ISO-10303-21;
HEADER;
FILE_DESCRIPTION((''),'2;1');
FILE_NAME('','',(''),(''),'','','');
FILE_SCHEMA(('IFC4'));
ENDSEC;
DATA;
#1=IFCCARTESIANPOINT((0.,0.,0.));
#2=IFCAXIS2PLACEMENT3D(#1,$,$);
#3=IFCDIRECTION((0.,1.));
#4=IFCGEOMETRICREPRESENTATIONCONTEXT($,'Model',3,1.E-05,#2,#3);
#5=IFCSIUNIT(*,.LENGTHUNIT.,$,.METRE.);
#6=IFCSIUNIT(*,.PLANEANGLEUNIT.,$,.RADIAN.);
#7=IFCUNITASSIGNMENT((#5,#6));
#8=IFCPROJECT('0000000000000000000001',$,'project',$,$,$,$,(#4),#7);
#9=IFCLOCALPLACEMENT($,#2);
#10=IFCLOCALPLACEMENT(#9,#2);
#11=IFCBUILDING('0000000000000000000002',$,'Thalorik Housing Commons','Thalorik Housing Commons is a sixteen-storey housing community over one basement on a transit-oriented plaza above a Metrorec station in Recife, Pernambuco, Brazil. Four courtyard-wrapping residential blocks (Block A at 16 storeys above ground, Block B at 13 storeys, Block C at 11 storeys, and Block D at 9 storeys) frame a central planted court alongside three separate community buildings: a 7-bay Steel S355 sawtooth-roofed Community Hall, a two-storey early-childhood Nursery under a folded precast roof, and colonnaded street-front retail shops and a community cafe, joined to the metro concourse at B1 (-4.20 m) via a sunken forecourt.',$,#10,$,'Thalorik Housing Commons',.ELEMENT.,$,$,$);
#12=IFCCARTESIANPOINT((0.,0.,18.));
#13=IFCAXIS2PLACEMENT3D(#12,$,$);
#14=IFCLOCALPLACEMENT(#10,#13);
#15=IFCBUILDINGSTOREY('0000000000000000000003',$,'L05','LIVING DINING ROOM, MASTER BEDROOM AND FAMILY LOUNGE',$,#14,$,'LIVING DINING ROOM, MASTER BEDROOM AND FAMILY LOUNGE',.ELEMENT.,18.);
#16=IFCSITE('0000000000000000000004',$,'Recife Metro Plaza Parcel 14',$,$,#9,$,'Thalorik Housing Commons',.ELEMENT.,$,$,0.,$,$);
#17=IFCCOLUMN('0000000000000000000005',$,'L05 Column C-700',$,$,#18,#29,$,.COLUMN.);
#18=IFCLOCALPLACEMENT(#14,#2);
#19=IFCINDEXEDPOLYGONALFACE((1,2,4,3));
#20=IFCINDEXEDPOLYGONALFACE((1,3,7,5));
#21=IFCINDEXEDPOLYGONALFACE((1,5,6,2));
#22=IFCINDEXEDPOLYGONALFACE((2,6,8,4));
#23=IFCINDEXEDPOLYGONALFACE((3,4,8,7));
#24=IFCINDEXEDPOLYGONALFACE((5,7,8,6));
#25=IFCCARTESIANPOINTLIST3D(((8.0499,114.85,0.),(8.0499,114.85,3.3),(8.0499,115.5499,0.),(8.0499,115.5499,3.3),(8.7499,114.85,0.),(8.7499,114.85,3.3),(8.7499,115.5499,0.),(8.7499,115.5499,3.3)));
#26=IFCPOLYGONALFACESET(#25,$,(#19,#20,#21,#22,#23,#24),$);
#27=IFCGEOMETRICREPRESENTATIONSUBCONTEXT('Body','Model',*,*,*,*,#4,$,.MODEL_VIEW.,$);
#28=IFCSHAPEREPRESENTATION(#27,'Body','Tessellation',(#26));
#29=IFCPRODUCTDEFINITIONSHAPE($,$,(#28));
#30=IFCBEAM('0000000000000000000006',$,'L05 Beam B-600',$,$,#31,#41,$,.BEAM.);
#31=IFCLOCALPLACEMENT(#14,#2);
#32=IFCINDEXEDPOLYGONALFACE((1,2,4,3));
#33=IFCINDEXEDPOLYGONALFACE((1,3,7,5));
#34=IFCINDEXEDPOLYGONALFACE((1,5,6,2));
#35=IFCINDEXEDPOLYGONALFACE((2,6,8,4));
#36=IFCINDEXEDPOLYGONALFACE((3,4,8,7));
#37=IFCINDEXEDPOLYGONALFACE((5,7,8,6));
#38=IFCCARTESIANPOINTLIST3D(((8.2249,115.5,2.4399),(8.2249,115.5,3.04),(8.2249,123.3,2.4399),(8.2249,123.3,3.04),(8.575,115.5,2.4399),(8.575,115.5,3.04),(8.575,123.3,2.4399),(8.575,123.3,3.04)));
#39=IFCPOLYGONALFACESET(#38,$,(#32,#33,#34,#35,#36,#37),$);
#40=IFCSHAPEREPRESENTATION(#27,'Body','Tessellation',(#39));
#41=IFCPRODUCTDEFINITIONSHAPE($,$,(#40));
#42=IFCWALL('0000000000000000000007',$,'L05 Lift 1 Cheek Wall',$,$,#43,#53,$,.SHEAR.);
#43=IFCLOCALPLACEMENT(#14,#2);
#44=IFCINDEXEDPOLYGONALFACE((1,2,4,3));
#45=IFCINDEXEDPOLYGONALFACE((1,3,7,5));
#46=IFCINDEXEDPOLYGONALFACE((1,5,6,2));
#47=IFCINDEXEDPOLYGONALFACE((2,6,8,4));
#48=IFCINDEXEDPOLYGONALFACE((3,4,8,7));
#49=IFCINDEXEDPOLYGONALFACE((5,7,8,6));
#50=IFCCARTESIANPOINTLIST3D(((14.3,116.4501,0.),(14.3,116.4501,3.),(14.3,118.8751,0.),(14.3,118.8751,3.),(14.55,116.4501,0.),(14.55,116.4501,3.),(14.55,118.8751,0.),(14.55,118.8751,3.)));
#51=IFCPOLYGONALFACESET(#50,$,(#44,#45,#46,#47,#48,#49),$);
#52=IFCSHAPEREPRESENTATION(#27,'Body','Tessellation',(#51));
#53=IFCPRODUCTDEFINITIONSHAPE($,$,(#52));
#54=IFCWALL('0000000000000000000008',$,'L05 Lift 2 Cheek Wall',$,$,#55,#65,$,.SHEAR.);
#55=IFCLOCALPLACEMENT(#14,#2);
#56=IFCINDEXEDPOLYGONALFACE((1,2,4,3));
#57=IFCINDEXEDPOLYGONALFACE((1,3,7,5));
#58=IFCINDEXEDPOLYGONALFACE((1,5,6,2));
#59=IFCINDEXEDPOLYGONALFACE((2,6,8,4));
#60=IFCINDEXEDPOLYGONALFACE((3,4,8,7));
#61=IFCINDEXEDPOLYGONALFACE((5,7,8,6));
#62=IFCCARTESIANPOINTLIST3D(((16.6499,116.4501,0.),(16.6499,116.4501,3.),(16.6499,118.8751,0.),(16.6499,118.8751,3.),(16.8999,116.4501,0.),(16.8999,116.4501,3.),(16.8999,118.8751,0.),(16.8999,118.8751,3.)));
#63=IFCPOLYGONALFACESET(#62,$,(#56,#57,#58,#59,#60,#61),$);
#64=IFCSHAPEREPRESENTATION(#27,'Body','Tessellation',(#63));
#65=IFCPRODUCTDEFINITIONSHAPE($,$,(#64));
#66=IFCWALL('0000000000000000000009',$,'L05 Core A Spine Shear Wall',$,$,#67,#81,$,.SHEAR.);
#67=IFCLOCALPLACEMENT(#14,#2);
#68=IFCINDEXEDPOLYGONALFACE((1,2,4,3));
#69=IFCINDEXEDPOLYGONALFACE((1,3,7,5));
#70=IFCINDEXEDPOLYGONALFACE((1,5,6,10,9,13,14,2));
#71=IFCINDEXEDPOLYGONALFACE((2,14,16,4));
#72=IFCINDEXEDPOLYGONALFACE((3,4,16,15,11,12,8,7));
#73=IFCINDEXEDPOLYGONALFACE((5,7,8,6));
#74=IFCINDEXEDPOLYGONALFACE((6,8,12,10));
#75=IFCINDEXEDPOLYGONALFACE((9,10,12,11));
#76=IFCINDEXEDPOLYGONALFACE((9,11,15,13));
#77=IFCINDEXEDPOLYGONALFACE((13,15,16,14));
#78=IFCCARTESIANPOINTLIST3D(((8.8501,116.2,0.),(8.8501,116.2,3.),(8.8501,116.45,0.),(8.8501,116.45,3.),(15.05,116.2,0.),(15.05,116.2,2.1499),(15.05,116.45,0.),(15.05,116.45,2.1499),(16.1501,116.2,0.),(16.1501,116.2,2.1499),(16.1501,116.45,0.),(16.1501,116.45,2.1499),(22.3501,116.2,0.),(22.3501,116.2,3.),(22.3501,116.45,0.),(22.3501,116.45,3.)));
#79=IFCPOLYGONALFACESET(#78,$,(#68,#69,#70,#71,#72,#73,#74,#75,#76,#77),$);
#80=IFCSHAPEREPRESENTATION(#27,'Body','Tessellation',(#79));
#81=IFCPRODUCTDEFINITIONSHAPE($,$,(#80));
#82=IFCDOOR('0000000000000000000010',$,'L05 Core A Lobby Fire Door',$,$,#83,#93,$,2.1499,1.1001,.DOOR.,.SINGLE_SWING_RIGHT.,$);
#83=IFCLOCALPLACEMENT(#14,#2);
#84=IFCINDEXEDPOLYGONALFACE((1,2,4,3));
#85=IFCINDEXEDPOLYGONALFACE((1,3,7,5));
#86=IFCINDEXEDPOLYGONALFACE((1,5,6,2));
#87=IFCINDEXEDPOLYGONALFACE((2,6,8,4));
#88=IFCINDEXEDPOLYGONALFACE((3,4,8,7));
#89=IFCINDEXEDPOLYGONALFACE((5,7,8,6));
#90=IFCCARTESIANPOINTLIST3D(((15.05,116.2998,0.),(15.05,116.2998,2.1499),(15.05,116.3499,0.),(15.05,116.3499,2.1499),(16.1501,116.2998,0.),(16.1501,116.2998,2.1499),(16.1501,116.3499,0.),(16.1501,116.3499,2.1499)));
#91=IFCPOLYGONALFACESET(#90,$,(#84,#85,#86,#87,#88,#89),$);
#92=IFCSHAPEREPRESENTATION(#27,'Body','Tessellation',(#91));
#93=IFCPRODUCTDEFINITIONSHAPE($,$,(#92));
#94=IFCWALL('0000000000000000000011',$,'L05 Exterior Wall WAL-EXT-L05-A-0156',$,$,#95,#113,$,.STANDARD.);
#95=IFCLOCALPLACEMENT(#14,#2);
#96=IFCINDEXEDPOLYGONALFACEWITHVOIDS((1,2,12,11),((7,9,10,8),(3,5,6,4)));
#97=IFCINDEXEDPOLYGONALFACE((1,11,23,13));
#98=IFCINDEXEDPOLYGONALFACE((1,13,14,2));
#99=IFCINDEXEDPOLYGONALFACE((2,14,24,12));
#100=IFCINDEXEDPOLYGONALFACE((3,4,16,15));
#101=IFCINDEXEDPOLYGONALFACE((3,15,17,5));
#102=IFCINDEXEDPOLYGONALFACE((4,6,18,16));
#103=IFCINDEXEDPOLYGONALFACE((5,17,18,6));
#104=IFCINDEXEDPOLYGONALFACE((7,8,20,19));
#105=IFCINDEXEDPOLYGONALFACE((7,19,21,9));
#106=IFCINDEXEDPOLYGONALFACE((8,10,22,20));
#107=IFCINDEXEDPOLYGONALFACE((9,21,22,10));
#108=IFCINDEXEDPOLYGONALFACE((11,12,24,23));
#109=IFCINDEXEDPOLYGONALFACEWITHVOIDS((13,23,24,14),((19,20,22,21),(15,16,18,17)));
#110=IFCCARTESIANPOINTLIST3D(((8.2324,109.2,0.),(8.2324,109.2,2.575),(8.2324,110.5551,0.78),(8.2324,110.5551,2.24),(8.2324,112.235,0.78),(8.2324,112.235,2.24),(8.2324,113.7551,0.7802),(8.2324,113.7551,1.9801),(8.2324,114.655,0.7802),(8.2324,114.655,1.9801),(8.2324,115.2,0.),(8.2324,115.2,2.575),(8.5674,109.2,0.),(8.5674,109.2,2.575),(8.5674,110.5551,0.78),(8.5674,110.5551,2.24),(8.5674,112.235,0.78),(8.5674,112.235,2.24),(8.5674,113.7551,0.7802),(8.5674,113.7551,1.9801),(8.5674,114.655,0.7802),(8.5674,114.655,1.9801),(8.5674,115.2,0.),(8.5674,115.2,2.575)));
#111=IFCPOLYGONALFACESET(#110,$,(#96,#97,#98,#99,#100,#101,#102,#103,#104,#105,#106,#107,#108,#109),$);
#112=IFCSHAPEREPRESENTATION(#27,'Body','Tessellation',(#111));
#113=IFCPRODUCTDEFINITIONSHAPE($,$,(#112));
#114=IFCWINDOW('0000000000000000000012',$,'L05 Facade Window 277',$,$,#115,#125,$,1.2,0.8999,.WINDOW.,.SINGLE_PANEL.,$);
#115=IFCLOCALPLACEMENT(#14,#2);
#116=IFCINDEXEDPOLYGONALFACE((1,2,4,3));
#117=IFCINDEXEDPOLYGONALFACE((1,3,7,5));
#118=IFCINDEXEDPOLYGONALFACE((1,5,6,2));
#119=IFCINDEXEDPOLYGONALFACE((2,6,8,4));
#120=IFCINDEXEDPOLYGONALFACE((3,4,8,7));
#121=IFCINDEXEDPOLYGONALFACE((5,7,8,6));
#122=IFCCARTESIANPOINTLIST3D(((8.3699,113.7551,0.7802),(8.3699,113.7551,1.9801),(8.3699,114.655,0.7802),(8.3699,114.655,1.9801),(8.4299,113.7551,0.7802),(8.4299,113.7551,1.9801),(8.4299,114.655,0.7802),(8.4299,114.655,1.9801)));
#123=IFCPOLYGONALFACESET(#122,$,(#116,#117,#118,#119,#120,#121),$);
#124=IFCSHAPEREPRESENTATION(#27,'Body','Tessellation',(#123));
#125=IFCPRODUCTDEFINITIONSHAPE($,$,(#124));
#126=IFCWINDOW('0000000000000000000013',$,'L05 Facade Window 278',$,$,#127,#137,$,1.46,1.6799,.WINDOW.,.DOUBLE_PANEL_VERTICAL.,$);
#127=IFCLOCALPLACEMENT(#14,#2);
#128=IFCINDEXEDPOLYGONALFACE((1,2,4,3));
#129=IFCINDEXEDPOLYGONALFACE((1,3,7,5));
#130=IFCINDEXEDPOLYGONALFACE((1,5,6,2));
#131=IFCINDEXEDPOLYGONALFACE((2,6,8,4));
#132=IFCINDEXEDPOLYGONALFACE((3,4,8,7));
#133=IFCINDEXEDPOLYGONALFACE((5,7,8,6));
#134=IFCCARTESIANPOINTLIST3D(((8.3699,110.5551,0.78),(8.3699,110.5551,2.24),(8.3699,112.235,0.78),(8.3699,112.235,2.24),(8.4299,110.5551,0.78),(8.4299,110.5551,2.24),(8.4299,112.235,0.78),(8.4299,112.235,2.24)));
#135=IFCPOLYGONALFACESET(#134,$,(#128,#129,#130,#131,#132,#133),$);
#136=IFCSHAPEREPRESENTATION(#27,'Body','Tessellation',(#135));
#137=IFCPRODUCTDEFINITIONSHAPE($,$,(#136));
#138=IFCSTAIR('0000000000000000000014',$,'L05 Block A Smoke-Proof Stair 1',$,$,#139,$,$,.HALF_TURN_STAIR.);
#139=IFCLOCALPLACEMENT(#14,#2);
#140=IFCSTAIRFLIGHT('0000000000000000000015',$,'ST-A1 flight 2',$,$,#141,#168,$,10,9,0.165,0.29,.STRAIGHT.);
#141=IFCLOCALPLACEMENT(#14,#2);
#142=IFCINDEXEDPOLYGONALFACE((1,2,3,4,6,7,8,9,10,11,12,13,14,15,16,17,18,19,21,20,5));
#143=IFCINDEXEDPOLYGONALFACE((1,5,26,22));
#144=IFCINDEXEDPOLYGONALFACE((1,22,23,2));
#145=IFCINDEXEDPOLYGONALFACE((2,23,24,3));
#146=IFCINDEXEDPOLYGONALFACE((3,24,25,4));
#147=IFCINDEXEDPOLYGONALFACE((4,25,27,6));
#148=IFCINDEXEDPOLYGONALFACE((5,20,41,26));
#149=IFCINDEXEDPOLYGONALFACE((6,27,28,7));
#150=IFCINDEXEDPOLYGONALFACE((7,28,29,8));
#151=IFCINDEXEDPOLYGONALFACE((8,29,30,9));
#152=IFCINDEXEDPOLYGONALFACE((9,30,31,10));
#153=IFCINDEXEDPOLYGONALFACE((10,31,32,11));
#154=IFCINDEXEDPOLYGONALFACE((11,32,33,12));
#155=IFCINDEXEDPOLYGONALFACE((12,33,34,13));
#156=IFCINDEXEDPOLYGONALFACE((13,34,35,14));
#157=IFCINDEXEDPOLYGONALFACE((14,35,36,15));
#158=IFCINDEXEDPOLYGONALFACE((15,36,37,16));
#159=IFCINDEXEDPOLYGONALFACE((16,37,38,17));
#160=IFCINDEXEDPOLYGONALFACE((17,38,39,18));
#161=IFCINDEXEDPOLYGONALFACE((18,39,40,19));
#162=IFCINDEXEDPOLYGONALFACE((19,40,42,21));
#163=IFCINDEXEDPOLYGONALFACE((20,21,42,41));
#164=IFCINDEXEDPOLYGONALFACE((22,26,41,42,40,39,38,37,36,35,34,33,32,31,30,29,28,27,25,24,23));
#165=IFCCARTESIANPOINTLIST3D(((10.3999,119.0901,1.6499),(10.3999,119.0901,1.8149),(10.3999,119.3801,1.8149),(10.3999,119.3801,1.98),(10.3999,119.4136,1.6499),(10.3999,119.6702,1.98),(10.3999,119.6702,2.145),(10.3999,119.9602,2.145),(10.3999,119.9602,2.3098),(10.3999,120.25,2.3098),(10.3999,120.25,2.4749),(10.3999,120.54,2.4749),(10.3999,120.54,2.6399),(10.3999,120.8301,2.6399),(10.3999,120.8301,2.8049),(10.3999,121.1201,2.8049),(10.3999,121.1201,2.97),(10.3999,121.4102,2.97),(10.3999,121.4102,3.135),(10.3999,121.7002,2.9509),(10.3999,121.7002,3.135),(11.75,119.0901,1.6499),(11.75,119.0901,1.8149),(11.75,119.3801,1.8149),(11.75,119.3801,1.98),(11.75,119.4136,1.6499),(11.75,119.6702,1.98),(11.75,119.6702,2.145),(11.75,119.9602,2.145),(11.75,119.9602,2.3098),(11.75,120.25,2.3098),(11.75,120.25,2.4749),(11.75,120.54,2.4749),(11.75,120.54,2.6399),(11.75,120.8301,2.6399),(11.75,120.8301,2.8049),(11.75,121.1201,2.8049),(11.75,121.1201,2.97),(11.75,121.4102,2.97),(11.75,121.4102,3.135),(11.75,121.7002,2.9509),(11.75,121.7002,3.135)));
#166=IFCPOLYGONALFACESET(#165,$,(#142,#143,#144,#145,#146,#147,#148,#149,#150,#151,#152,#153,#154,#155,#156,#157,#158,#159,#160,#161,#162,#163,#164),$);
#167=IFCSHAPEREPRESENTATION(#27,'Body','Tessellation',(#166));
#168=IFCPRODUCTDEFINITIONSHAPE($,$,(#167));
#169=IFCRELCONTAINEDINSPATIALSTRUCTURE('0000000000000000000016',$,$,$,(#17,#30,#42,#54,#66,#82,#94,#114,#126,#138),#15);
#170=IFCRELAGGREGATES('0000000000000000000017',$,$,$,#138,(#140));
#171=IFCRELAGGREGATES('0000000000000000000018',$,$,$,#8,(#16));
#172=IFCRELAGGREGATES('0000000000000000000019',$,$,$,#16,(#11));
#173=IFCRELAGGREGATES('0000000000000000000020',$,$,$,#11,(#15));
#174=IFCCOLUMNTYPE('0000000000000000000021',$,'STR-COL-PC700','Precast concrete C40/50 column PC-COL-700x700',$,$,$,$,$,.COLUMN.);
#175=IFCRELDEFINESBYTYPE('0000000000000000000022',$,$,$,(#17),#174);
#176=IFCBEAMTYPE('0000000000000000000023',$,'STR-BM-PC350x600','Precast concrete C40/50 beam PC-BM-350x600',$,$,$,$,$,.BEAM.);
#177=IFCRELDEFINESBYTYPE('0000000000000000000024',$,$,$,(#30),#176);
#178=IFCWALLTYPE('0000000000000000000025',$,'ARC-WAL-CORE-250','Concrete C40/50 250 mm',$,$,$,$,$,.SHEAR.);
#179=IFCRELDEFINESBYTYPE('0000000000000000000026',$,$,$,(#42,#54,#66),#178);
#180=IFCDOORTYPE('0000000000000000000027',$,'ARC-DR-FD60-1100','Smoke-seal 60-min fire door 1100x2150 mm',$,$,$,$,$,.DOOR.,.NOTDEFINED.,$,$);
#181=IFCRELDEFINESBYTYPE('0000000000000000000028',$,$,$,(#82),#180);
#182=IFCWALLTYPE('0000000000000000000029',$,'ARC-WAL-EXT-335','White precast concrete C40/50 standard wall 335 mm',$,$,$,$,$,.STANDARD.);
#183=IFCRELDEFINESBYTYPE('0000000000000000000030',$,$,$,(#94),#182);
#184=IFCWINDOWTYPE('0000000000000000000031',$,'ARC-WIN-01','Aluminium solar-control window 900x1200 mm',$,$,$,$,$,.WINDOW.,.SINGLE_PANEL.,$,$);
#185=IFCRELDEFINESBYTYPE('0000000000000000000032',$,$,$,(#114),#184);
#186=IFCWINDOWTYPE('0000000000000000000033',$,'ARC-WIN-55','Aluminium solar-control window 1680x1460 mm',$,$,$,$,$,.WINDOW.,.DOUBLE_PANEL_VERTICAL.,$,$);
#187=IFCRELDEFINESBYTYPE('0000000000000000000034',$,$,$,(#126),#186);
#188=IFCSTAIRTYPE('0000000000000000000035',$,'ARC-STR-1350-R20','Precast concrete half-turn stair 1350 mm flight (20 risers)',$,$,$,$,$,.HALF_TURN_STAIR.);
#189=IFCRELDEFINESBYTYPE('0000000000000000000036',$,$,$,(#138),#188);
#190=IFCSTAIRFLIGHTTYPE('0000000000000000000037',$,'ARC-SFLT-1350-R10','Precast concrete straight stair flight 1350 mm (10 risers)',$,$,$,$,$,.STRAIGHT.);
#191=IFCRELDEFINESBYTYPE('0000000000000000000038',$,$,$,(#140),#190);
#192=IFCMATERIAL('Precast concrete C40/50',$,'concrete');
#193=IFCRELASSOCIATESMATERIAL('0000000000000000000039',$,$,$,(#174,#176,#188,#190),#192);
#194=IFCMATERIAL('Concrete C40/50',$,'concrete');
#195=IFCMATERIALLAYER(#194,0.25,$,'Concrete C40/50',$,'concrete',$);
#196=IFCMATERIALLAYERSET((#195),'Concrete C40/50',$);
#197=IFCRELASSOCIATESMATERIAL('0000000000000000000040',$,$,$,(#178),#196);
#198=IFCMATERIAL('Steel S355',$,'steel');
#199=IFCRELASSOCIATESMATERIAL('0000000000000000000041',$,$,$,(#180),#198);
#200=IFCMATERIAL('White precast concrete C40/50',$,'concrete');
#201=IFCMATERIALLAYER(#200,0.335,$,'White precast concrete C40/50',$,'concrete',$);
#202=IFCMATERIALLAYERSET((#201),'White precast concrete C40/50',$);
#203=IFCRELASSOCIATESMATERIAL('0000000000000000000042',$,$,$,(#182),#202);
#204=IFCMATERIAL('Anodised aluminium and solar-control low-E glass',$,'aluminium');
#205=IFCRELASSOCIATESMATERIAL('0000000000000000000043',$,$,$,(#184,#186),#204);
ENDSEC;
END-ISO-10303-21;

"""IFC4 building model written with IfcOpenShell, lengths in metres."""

from ifc_helpers import new_model, si_unit, direction, frame, frame_2d, origin, origin_2d, place, context, subcontext, project, spatial, polyline, rectangle, outline, extrude, material, layer, layer_set, material_profile, profile_set, type_object, element, fill, aggregate, save


model = new_model("IFC4")

# Units and contexts
model_context = context("Model", 3, precision=1e-05, world=origin(), true_north=direction((0.0, 1.0)))
body_context = subcontext(model_context, "Body", "Model", "MODEL_VIEW")
ifc_project = project(units=[si_unit("LENGTHUNIT", "METRE"), si_unit("PLANEANGLEUNIT", "RADIAN")], contexts=[model_context])

# Site, building, storey
site_placement = place(None, origin())
site = spatial("IfcSite", under=ifc_project, at=site_placement, Name="Recife Metro Plaza Parcel 14", LongName="Thalorik Housing Commons", CompositionType="ELEMENT", RefElevation=0.0)
building_placement = place(site_placement, origin())
building = spatial("IfcBuilding", under=site, at=building_placement, Name="Thalorik Housing Commons", Description="Thalorik Housing Commons is a sixteen-storey housing community over one basement on a transit-oriented plaza above a Metrorec station in Recife, Pernambuco, Brazil. Four courtyard-wrapping residential blocks (Block A at 16 storeys above ground, Block B at 13 storeys, Block C at 11 storeys, and Block D at 9 storeys) frame a central planted court alongside three separate community buildings: a 7-bay Steel S355 sawtooth-roofed Community Hall, a two-storey early-childhood Nursery under a folded precast roof, and colonnaded street-front retail shops and a community cafe, joined to the metro concourse at B1 (-4.20 m) via a sunken forecourt.", LongName="Thalorik Housing Commons", CompositionType="ELEMENT")
storey_placement = place(building_placement, frame((0.0, 0.0, 18.0)))
storey = spatial("IfcBuildingStorey", under=building, at=storey_placement, Name="L05", Description="LIVING DINING ROOM, MASTER BEDROOM AND FAMILY LOUNGE", LongName="LIVING DINING ROOM, MASTER BEDROOM AND FAMILY LOUNGE", CompositionType="ELEMENT", Elevation=18.0)

# Column
ifc_material_1 = material(Name="Precast concrete C40/50", Category="concrete")
ifc_material_profile_1 = material_profile(ifc_material_1, rectangle(XDim=0.7, YDim=0.7, at=origin_2d()), Name="PC 700x700", Category="concrete")
ifc_profile_set_1 = profile_set([ifc_material_profile_1], Name="Precast concrete C40/50")
column_type = type_object("IfcColumnType", Name="STR-COL-PC700", Description="Precast concrete C40/50 column PC-COL-700x700", PredefinedType="COLUMN", material=ifc_profile_set_1)
column_placement = place(storey_placement, frame((8.3999, 115.2, 0.0), z_axis=(0.0, 0.0, 1.0), x_axis=(1.0, 0.0, 0.0)))
element("IfcColumn", 1, at=column_placement, inside=storey, type_object=column_type, Name="L05 Column C-700", PredefinedType="COLUMN", context=body_context, shape_type="SweptSolid", body=[
    extrude(rectangle(XDim=0.7, YDim=0.7, at=origin_2d()), origin(), (0.0, 0.0, 1.0), 3.3),
])

# Beam
ifc_material_profile_2 = material_profile(ifc_material_1, rectangle(XDim=0.3501, YDim=0.6001, at=origin_2d()), Name="PC 350x600", Category="concrete")
ifc_profile_set_2 = profile_set([ifc_material_profile_2], Name="Precast concrete C40/50")
beam_type = type_object("IfcBeamType", Name="STR-BM-PC350x600", Description="Precast concrete C40/50 beam PC-BM-350x600", PredefinedType="BEAM", material=ifc_profile_set_2)
beam_placement = place(storey_placement, frame((8.3999, 115.5, 2.74), z_axis=(0.0, 1.0, 0.0), x_axis=(-1.0, 0.0, 0.0)))
element("IfcBeam", 2, at=beam_placement, inside=storey, type_object=beam_type, Name="L05 Beam B-600", PredefinedType="BEAM", context=body_context, shape_type="SweptSolid", body=[
    extrude(rectangle(XDim=0.3501, YDim=0.6001, at=origin_2d()), origin(), (0.0, 0.0, 1.0), 7.8),
])

# Shared definitions
ifc_material_2 = material(Name="Concrete C40/50", Category="concrete")
ifc_layer_1 = layer(ifc_material_2, 0.25, Name="Concrete C40/50", Category="concrete")
ifc_layer_set_1 = layer_set([ifc_layer_1], Name="Concrete C40/50")
wall_type_1 = type_object("IfcWallType", Name="ARC-WAL-CORE-250", Description="Concrete C40/50 250 mm", PredefinedType="SHEAR", material=ifc_layer_set_1)
ifc_material_3 = material(Name="Steel S355", Category="steel")

# Walls
for number, where, z_axis, x_axis, name in (
    (3, (14.425, 118.875, 0.0), (0.0, 0.0, 1.0), (0.0, -1.0, 0.0), "L05 Lift 1 Cheek Wall"),
    (4, (16.7749, 118.875, 0.0), (0.0, 0.0, 1.0), (0.0, -1.0, 0.0), "L05 Lift 2 Cheek Wall"),
):
    element("IfcWall", number, at=place(storey_placement, frame(where, z_axis=z_axis, x_axis=x_axis)), inside=storey, type_object=wall_type_1, Name=name, PredefinedType="SHEAR", context=body_context, shape_type="SweptSolid", body=[
        extrude(rectangle(XDim=2.425, YDim=0.25, at=frame_2d((1.2124, 0.0))), origin(), (0.0, 0.0, 1.0), 3.0),
    ])

# Wall, opening, door
wall_1_placement = place(storey_placement, frame((8.8501, 116.325, 0.0), z_axis=(0.0, 0.0, 1.0), x_axis=(1.0, 0.0, 0.0)))
wall_1 = element("IfcWall", 5, at=wall_1_placement, inside=storey, type_object=wall_type_1, Name="L05 Core A Spine Shear Wall", PredefinedType="SHEAR", context=body_context, shape_type="SweptSolid", body=[
    extrude(rectangle(XDim=13.5, YDim=0.25, at=frame_2d((6.75, 0.0))), origin(), (0.0, 0.0, 1.0), 3.0),
])
opening_1_placement = place(wall_1_placement, frame((6.2, 0.0, 0.0)))
opening_1 = element("IfcOpeningElement", 6, at=opening_1_placement, cuts=wall_1, PredefinedType="OPENING", context=body_context, shape_type="SweptSolid", body=[
    extrude(rectangle(XDim=1.1001, YDim=2.1499, at=frame_2d((0.55, 1.075))), frame((0.0, 0.135, 0.0), z_axis=(0.0, -1.0, 0.0), x_axis=(1.0, 0.0, 0.0)), (0.0, 0.0, 1.0), 0.27),
])
door_type_1 = type_object("IfcDoorType", Name="ARC-DR-FD60-1100", Description="Smoke-seal 60-min fire door 1100x2150 mm", OperationType="NOTDEFINED", PredefinedType="DOOR", material=ifc_material_3)
door_1_placement = place(opening_1_placement, origin())
door_1 = element("IfcDoor", 7, at=door_1_placement, inside=storey, type_object=door_type_1, Name="L05 Core A Lobby Fire Door", OperationType="SINGLE_SWING_RIGHT", OverallHeight=2.1499, OverallWidth=1.1001, PredefinedType="DOOR", context=body_context, shape_type="SweptSolid", body=[
    extrude(rectangle(XDim=1.1001, YDim=2.1499, at=frame_2d((0.55, 1.075))), frame((0.0, 0.0249, 0.0), z_axis=(0.0, -1.0, 0.0), x_axis=(1.0, 0.0, 0.0)), (0.0, 0.0, 1.0), 0.05),
])
fill(opening_1, door_1)

# Wall, openings, windows
ifc_material_4 = material(Name="White precast concrete C40/50", Category="concrete")
ifc_layer_2 = layer(ifc_material_4, 0.335, Name="White precast concrete C40/50", Category="concrete")
ifc_layer_set_2 = layer_set([ifc_layer_2], Name="White precast concrete C40/50")
wall_type_2 = type_object("IfcWallType", Name="ARC-WAL-EXT-335", Description="White precast concrete C40/50 standard wall 335 mm", PredefinedType="STANDARD", material=ifc_layer_set_2)
wall_2_placement = place(storey_placement, frame((8.3999, 115.2, 0.0), z_axis=(0.0, 0.0, 1.0), x_axis=(0.0, -1.0, 0.0)))
wall_2 = element("IfcWall", 8, at=wall_2_placement, inside=storey, type_object=wall_type_2, Name="L05 Exterior Wall WAL-EXT-L05-A-0156", PredefinedType="STANDARD", context=body_context, shape_type="SweptSolid", body=[
    extrude(rectangle(XDim=6.0, YDim=0.335, at=frame_2d((3.0, 0.0))), origin(), (0.0, 0.0, 1.0), 2.575),
])
opening_2_placement = place(wall_2_placement, frame((0.5449, 0.0, 0.78)))
opening_2 = element("IfcOpeningElement", 9, at=opening_2_placement, cuts=wall_2, PredefinedType="OPENING", context=body_context, shape_type="SweptSolid", body=[
    extrude(rectangle(XDim=0.8999, YDim=1.2, at=frame_2d((0.45, 0.6001))), frame((0.0, 0.1775, 0.0), z_axis=(0.0, -1.0, 0.0), x_axis=(1.0, 0.0, 0.0)), (0.0, 0.0, 1.0), 0.355),
])
opening_3_placement = place(wall_2_placement, frame((2.9651, 0.0, 0.78)))
opening_3 = element("IfcOpeningElement", 10, at=opening_3_placement, cuts=wall_2, PredefinedType="OPENING", context=body_context, shape_type="SweptSolid", body=[
    extrude(rectangle(XDim=1.6799, YDim=1.46, at=frame_2d((0.8398, 0.73))), frame((0.0, 0.1775, 0.0), z_axis=(0.0, -1.0, 0.0), x_axis=(1.0, 0.0, 0.0)), (0.0, 0.0, 1.0), 0.355),
])
ifc_material_5 = material(Name="Anodised aluminium and solar-control low-E glass", Category="aluminium")
window_type_1 = type_object("IfcWindowType", Name="ARC-WIN-01", Description="Aluminium solar-control window 900x1200 mm", PartitioningType="SINGLE_PANEL", PredefinedType="WINDOW", material=ifc_material_5)
window_1_placement = place(opening_2_placement, origin())
window_1 = element("IfcWindow", 11, at=window_1_placement, inside=storey, type_object=window_type_1, Name="L05 Facade Window 277", OverallHeight=1.2, OverallWidth=0.8999, PartitioningType="SINGLE_PANEL", PredefinedType="WINDOW", context=body_context, shape_type="SweptSolid", body=[
    extrude(rectangle(XDim=0.8999, YDim=1.2, at=frame_2d((0.45, 0.6001))), frame((0.0, 0.03, 0.0), z_axis=(0.0, -1.0, 0.0), x_axis=(1.0, 0.0, 0.0)), (0.0, 0.0, 1.0), 0.0601),
])
fill(opening_2, window_1)
window_type_2 = type_object("IfcWindowType", Name="ARC-WIN-55", Description="Aluminium solar-control window 1680x1460 mm", PartitioningType="DOUBLE_PANEL_VERTICAL", PredefinedType="WINDOW", material=ifc_material_5)
window_2_placement = place(opening_3_placement, origin())
window_2 = element("IfcWindow", 12, at=window_2_placement, inside=storey, type_object=window_type_2, Name="L05 Facade Window 278", OverallHeight=1.46, OverallWidth=1.6799, PartitioningType="DOUBLE_PANEL_VERTICAL", PredefinedType="WINDOW", context=body_context, shape_type="SweptSolid", body=[
    extrude(rectangle(XDim=1.6799, YDim=1.46, at=frame_2d((0.8398, 0.73))), frame((0.0, 0.03, 0.0), z_axis=(0.0, -1.0, 0.0), x_axis=(1.0, 0.0, 0.0)), (0.0, 0.0, 1.0), 0.0601),
])
fill(opening_3, window_2)

# Stair, stair flight
stair_type = type_object("IfcStairType", Name="ARC-STR-1350-R20", Description="Precast concrete half-turn stair 1350 mm flight (20 risers)", PredefinedType="HALF_TURN_STAIR", material=ifc_material_1)
stair_placement = place(storey_placement, origin())
stair = element("IfcStair", 13, at=stair_placement, inside=storey, type_object=stair_type, Name="L05 Block A Smoke-Proof Stair 1", PredefinedType="HALF_TURN_STAIR")
stair_flight_type = type_object("IfcStairFlightType", Name="ARC-SFLT-1350-R10", Description="Precast concrete straight stair flight 1350 mm (10 risers)", PredefinedType="STRAIGHT", material=ifc_material_1)
stair_flight_placement = place(storey_placement, frame((11.075, 119.0901, 1.6499), z_axis=(0.0, 0.0, 1.0), x_axis=(0.0, 1.0, 0.0)))
stair_flight = element("IfcStairFlight", 14, at=stair_flight_placement, type_object=stair_flight_type, Name="ST-A1 flight 2", NumberOfRisers=10, NumberOfTreads=9, PredefinedType="STRAIGHT", RiserHeight=0.165, TreadLength=0.29, context=body_context, shape_type="SweptSolid", body=[
    extrude(outline(polyline([(0.0, 0.0), (0.0, 0.165), (0.29, 0.165), (0.29, 0.3301), (0.5801, 0.3301), (0.5801, 0.4951), (0.8701, 0.4951), (0.8701, 0.6599), (1.1599, 0.6599), (1.1599, 0.825), (1.45, 0.825), (1.45, 0.99), (1.74, 0.99), (1.74, 1.155), (2.03, 1.155), (2.03, 1.3201), (2.3201, 1.3201), (2.3201, 1.4851), (2.6101, 1.4851), (2.6101, 1.6499), (2.6101, 1.301), (0.3235, 0.0), (0.0, 0.0)])), frame((0.0, 0.675, 0.0), z_axis=(0.0, -1.0, 0.0), x_axis=(1.0, 0.0, 0.0)), (0.0, 0.0, 1.0), 1.3501),
])
aggregate(stair, [stair_flight])

save(model, "model.ifc")
